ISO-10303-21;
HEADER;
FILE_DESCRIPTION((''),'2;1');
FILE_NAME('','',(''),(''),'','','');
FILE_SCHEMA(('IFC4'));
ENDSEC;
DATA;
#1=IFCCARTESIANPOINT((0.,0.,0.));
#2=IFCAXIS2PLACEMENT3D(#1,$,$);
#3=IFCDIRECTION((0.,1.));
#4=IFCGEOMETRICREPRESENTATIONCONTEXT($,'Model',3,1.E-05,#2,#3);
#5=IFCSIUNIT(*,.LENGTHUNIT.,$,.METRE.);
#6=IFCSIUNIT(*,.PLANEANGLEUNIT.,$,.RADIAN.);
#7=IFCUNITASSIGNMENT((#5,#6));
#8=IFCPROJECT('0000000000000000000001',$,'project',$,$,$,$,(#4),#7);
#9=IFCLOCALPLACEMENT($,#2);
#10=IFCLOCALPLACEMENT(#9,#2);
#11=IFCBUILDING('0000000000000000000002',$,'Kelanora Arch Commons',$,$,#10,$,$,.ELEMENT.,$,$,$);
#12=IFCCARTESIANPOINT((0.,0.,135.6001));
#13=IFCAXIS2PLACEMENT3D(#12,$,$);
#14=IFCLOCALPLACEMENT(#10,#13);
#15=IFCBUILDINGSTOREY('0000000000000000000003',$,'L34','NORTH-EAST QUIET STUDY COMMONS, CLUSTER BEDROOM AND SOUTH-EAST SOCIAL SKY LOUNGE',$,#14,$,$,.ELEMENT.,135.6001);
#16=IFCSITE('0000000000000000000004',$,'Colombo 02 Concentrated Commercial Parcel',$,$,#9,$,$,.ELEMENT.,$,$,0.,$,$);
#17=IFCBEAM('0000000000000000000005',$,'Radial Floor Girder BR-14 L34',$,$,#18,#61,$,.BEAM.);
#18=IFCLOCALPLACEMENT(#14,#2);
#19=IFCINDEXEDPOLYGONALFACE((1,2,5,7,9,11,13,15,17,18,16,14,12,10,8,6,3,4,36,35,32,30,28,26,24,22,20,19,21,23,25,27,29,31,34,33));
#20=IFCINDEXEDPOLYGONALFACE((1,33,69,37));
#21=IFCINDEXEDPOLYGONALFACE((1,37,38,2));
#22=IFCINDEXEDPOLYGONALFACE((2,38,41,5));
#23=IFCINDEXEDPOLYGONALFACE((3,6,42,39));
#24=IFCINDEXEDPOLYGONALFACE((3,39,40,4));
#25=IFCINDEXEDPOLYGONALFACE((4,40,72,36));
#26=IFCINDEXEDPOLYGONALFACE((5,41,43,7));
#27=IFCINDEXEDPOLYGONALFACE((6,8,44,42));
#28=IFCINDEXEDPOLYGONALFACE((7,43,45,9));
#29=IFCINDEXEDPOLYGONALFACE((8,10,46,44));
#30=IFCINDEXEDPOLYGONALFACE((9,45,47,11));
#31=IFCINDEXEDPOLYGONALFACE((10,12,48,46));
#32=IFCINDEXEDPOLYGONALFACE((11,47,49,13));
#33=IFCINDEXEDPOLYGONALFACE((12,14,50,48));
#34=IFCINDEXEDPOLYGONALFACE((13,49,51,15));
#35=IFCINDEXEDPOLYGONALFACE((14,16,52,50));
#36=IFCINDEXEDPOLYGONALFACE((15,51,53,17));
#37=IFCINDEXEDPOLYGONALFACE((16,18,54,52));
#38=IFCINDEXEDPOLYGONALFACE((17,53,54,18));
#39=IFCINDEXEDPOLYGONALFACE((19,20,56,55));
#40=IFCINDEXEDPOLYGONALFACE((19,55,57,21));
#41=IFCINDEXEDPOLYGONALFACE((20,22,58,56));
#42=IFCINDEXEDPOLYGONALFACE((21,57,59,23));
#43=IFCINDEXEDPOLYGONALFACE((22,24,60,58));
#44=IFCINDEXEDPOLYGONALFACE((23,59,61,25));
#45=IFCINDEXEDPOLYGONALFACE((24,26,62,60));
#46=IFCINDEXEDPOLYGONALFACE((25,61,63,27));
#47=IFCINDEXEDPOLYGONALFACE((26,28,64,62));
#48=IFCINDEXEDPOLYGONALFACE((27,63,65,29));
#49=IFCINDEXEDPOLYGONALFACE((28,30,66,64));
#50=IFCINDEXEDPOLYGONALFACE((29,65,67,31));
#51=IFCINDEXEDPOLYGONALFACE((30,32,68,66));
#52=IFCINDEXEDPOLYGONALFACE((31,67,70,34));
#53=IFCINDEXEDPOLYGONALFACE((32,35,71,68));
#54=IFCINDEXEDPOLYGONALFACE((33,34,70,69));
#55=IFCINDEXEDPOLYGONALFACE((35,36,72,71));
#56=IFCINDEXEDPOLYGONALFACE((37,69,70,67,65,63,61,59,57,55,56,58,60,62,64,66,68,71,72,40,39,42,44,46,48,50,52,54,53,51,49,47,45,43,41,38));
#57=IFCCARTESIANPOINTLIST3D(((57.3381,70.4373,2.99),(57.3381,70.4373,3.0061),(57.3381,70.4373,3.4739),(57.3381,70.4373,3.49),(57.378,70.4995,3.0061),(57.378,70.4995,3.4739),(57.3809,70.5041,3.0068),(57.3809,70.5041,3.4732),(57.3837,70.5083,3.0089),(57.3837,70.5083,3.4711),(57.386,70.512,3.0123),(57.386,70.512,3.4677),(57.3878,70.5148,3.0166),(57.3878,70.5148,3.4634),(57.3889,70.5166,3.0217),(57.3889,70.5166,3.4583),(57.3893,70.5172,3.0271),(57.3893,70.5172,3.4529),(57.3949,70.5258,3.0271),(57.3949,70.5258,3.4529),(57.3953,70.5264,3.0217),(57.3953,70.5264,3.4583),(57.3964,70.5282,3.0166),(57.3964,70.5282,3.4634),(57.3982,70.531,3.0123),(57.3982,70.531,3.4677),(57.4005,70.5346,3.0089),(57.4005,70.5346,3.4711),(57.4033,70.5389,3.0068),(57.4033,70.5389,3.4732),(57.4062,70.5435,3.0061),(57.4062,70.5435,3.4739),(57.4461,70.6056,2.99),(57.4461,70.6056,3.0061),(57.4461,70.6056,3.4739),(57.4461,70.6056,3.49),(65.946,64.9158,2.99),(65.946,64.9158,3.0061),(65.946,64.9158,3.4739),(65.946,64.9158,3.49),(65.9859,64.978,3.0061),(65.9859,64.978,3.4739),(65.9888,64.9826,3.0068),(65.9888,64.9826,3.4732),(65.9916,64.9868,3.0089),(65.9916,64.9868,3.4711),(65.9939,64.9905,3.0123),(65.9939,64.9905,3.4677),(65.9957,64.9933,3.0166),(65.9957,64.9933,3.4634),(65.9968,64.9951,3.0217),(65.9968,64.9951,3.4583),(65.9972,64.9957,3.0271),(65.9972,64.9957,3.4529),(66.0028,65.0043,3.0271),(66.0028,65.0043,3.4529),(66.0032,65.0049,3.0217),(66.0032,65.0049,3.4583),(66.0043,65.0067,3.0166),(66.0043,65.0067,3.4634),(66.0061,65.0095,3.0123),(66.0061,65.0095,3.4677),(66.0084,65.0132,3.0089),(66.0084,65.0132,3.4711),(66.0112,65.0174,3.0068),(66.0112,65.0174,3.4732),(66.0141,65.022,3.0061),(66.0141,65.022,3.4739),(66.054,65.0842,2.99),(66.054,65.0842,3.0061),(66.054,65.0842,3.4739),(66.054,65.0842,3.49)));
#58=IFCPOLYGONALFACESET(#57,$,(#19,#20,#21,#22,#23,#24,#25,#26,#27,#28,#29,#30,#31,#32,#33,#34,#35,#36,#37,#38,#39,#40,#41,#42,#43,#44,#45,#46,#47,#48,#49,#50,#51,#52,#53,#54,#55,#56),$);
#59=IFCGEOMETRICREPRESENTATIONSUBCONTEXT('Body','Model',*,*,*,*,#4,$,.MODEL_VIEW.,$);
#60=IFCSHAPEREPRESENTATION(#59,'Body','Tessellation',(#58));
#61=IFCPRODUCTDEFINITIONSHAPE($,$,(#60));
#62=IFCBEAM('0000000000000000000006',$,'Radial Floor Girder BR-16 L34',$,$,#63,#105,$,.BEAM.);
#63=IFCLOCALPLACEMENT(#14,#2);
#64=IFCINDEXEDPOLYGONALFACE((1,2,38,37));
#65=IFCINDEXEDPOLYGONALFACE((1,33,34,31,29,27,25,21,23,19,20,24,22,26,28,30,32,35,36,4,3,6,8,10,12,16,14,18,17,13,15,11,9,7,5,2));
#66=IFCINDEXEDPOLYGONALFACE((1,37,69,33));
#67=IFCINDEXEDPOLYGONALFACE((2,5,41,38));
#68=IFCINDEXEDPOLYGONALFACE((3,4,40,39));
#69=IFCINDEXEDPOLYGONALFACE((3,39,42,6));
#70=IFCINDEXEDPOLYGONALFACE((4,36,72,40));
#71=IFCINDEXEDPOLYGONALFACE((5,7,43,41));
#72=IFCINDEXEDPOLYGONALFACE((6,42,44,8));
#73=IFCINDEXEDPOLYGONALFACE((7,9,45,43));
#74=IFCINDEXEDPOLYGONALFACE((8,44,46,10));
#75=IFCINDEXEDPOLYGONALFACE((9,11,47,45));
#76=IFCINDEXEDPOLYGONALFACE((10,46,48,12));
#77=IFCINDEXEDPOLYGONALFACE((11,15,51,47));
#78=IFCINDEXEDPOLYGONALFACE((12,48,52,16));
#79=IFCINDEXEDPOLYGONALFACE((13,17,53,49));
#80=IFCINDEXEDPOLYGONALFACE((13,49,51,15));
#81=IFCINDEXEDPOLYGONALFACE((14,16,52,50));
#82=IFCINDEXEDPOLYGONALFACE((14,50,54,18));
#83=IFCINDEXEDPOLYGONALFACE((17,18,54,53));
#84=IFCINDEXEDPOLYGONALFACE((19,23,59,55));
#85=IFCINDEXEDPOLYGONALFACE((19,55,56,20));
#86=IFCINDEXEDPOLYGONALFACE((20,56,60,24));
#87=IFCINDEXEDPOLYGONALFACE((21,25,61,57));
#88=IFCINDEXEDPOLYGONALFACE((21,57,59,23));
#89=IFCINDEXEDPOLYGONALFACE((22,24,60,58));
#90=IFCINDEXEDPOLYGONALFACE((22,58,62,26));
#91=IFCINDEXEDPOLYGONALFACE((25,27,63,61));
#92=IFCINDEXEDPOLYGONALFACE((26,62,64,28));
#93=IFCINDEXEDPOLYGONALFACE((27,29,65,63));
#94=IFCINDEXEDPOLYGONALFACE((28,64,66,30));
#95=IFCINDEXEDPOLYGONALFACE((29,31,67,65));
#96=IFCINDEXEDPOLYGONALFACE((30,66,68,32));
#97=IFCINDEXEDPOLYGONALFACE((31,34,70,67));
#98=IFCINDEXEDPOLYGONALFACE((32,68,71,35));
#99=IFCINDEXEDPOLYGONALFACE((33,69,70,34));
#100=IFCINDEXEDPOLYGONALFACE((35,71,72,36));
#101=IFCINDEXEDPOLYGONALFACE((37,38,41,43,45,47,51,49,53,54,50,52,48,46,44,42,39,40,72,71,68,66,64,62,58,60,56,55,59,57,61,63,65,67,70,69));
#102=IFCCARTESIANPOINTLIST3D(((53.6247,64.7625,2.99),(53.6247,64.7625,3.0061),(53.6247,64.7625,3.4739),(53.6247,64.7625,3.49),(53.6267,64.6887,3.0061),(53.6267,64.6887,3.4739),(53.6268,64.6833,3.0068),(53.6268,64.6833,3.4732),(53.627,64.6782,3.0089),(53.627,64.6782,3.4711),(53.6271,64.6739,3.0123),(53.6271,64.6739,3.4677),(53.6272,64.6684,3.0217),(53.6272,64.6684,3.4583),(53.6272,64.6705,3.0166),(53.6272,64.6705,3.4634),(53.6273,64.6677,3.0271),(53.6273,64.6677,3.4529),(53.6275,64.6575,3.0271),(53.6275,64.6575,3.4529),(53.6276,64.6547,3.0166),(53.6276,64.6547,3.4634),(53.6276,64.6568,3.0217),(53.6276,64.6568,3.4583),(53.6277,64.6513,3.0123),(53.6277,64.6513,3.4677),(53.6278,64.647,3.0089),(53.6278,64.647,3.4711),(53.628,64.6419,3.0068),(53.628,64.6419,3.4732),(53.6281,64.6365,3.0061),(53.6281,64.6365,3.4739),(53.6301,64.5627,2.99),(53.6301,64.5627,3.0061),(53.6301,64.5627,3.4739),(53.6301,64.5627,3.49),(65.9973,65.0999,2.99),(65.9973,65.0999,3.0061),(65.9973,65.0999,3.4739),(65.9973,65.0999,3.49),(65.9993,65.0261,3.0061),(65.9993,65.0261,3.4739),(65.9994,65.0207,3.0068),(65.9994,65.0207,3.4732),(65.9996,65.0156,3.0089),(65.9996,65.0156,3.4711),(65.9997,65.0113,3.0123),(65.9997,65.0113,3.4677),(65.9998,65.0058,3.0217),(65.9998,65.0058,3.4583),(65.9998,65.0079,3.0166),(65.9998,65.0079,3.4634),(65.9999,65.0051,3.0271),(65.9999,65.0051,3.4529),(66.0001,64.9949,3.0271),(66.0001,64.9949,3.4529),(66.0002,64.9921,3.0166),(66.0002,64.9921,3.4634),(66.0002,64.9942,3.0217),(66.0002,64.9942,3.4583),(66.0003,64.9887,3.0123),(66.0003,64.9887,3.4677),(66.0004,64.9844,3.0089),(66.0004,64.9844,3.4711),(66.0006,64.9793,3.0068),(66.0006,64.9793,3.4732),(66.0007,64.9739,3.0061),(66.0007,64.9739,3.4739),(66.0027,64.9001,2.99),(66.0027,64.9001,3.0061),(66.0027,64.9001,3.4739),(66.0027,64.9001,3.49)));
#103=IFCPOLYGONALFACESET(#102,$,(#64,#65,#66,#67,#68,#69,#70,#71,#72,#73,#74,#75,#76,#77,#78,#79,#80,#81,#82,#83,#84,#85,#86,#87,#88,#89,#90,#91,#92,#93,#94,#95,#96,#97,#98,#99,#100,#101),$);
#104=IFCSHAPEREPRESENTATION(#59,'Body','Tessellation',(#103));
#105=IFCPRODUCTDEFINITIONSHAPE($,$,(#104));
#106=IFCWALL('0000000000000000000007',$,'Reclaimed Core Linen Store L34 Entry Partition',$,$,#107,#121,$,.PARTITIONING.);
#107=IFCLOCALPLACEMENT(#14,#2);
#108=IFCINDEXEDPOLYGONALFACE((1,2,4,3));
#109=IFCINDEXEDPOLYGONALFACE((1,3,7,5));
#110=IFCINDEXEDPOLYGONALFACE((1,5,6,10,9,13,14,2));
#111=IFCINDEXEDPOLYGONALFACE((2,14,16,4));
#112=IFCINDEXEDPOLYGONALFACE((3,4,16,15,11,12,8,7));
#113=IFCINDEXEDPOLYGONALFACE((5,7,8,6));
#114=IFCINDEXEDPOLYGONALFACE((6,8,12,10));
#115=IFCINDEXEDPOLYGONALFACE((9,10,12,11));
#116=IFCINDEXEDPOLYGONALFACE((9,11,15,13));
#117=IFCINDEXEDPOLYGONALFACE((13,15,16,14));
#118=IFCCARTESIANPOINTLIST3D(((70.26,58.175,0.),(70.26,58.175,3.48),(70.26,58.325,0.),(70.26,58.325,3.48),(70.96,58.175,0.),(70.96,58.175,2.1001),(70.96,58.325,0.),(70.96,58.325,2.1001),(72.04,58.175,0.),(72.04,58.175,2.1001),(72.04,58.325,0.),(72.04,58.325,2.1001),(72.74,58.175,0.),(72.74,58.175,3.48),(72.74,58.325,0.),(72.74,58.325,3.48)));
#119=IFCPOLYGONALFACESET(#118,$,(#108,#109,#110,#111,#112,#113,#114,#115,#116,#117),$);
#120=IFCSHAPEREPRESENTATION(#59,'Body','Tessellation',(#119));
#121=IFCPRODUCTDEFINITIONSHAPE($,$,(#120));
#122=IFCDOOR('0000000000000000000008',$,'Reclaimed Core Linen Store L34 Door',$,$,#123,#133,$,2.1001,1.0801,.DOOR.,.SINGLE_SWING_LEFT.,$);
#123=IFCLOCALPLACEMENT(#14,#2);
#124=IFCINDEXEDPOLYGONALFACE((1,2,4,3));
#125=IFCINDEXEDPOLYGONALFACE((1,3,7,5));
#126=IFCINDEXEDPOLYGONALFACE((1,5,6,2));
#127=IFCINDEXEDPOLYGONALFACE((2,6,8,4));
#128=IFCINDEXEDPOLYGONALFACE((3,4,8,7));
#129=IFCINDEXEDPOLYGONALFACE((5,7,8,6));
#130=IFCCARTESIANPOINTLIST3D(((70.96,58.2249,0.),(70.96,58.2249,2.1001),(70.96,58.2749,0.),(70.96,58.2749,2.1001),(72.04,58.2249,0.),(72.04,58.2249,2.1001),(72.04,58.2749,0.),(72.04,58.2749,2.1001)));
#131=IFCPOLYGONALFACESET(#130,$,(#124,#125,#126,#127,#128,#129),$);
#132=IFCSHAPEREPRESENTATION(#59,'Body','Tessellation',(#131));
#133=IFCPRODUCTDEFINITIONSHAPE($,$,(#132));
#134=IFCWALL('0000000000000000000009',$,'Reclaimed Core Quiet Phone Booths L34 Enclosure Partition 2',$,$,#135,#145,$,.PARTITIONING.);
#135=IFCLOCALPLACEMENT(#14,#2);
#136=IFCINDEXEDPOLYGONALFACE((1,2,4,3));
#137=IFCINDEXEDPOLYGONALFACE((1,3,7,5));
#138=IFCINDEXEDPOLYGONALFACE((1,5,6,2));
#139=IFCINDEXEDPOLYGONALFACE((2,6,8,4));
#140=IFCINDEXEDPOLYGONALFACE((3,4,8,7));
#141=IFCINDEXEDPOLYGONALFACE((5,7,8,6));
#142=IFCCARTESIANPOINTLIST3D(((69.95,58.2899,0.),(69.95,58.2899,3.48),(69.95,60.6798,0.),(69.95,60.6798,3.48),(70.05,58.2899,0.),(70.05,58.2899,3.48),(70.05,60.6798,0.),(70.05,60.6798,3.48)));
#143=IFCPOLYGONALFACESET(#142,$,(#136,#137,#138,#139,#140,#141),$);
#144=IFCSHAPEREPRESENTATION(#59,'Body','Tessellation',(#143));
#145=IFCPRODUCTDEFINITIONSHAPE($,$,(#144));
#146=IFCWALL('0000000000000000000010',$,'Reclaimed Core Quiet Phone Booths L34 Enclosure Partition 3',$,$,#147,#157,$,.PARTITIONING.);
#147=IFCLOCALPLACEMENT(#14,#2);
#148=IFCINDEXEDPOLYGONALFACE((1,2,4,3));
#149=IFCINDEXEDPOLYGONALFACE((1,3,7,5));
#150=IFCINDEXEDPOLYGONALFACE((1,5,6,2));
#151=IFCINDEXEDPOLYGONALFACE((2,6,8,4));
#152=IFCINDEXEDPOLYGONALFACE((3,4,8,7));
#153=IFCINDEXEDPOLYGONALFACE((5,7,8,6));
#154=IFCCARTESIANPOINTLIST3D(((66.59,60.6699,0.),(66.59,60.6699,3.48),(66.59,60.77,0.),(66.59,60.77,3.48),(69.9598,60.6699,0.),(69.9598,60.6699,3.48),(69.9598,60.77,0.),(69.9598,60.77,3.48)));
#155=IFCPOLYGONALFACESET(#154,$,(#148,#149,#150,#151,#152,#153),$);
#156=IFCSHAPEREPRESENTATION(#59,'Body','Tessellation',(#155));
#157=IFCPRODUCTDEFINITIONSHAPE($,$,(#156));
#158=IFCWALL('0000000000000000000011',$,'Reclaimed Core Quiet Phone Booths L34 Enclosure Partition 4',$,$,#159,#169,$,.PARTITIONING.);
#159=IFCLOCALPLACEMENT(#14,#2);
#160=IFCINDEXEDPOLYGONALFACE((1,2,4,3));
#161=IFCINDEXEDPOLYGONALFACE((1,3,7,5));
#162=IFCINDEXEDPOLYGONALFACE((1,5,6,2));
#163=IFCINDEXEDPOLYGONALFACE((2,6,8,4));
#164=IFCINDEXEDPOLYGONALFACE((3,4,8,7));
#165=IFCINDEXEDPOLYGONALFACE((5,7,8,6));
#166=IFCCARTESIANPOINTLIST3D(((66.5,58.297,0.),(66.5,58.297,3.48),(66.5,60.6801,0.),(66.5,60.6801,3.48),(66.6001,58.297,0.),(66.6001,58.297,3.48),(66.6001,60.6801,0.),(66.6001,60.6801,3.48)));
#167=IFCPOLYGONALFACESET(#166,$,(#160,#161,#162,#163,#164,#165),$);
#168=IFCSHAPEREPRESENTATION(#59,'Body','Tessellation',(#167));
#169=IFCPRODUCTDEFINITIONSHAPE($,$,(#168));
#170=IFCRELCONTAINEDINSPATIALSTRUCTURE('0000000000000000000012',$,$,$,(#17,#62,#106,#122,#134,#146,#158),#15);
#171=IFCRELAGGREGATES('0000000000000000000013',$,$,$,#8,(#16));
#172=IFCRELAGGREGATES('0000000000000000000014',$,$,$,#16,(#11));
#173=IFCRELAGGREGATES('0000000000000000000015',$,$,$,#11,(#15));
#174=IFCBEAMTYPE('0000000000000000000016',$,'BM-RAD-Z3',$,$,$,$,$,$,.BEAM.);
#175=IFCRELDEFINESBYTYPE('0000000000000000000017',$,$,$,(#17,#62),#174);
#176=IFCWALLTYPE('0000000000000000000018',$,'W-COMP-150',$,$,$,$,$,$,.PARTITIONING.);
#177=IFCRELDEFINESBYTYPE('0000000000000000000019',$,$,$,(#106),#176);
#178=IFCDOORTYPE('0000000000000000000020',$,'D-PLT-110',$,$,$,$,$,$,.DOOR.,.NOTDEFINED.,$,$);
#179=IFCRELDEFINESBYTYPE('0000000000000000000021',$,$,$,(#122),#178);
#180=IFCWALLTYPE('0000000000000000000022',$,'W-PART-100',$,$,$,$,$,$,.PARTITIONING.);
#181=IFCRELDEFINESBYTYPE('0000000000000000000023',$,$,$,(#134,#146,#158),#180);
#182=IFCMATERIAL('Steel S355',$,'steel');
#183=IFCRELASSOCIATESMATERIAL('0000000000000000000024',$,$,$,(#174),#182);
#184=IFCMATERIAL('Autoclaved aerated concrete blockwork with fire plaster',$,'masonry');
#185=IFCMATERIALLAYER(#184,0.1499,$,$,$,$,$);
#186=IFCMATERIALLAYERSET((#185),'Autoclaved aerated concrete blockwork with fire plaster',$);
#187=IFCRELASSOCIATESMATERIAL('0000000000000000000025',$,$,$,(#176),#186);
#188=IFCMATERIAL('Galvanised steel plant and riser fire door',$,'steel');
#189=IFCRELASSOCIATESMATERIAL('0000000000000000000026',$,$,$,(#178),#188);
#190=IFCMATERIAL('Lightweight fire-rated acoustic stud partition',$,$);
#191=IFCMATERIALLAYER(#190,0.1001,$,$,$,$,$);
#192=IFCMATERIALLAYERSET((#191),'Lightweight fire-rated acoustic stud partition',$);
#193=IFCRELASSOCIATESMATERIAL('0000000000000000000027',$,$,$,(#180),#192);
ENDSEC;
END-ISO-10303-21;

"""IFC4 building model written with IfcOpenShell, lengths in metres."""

from ifc_helpers import new_model, si_unit, direction, frame, frame_2d, origin, origin_2d, place, context, subcontext, project, spatial, rectangle, i_section, extrude, material, layer, layer_set, material_profile, profile_set, type_object, element, fill, save


model = new_model("IFC4")

# Units and contexts
model_context = context("Model", 3, precision=1e-05, world=origin(), true_north=direction((0.0, 1.0)))
body_context = subcontext(model_context, "Body", "Model", "MODEL_VIEW")
ifc_project = project(units=[si_unit("LENGTHUNIT", "METRE"), si_unit("PLANEANGLEUNIT", "RADIAN")], contexts=[model_context])

# Site, building, storey
site_placement = place(None, origin())
site = spatial("IfcSite", under=ifc_project, at=site_placement, Name="Colombo 02 Concentrated Commercial Parcel", CompositionType="ELEMENT", RefElevation=0.0)
building_placement = place(site_placement, origin())
building = spatial("IfcBuilding", under=site, at=building_placement, Name="Kelanora Arch Commons", CompositionType="ELEMENT")
storey_placement = place(building_placement, frame((0.0, 0.0, 135.6001)))
storey = spatial("IfcBuildingStorey", under=building, at=storey_placement, Name="L34", Description="NORTH-EAST QUIET STUDY COMMONS, CLUSTER BEDROOM AND SOUTH-EAST SOCIAL SKY LOUNGE", CompositionType="ELEMENT", Elevation=135.6001)

# Beams
ifc_material_1 = material(Name="Steel S355", Category="steel")
ifc_material_profile = material_profile(ifc_material_1, i_section(OverallWidth=0.2, OverallDepth=0.5, WebThickness=0.0103, FlangeThickness=0.0161, FilletRadius=0.021, at=origin_2d()), Name="IPE500")
ifc_profile_set = profile_set([ifc_material_profile], Name="Steel S355")
beam_type = type_object("IfcBeamType", Name="BM-RAD-Z3", PredefinedType="BEAM", material=ifc_profile_set)
beam_1_placement = place(storey_placement, frame((66.0, 65.0, 3.24), z_axis=(-0.841719, 0.539915, 0.0), x_axis=(-0.539915, -0.841719, 0.0)))
element("IfcBeam", 1, at=beam_1_placement, inside=storey, type_object=beam_type, Name="Radial Floor Girder BR-14 L34", PredefinedType="BEAM", context=body_context, shape_type="SweptSolid", body=[
    extrude(i_section(OverallWidth=0.2, OverallDepth=0.5, WebThickness=0.0103, FlangeThickness=0.0161, FilletRadius=0.021, at=origin_2d()), origin(), (0.0, 0.0, 1.0), 10.2266),
])
beam_2_placement = place(storey_placement, frame((66.0, 65.0, 3.24), z_axis=(-0.999628, -0.02726, 0.0), x_axis=(0.02726, -0.999628, 0.0)))
element("IfcBeam", 2, at=beam_2_placement, inside=storey, type_object=beam_type, Name="Radial Floor Girder BR-16 L34", PredefinedType="BEAM", context=body_context, shape_type="SweptSolid", body=[
    extrude(i_section(OverallWidth=0.2, OverallDepth=0.5, WebThickness=0.0103, FlangeThickness=0.0161, FilletRadius=0.021, at=origin_2d()), origin(), (0.0, 0.0, 1.0), 12.3772),
])

# Wall, opening, door
ifc_material_2 = material(Name="Autoclaved aerated concrete blockwork with fire plaster", Category="masonry")
ifc_layer_1 = layer(ifc_material_2, 0.1499)
ifc_layer_set_1 = layer_set([ifc_layer_1], Name="Autoclaved aerated concrete blockwork with fire plaster")
wall_type_1 = type_object("IfcWallType", Name="W-COMP-150", PredefinedType="PARTITIONING", material=ifc_layer_set_1)
wall_1_placement = place(storey_placement, frame((70.26, 58.25, 0.0), z_axis=(0.0, 0.0, 1.0), x_axis=(1.0, 0.0, 0.0)))
wall_1 = element("IfcWall", 3, at=wall_1_placement, inside=storey, type_object=wall_type_1, Name="Reclaimed Core Linen Store L34 Entry Partition", PredefinedType="PARTITIONING", context=body_context, shape_type="SweptSolid", body=[
    extrude(rectangle(XDim=2.48, YDim=0.1499, at=frame_2d((1.24, 0.0))), origin(), (0.0, 0.0, 1.0), 3.48),
])
opening_1_placement = place(wall_1_placement, frame((0.7, 0.0, 0.0)))
opening_1 = element("IfcOpeningElement", 4, at=opening_1_placement, cuts=wall_1, PredefinedType="OPENING", context=body_context, shape_type="SweptSolid", body=[
    extrude(rectangle(XDim=1.0801, YDim=2.1001, at=frame_2d((0.54, 1.05))), frame((0.0, 0.085, 0.0), z_axis=(0.0, -1.0, 0.0), x_axis=(1.0, 0.0, 0.0)), (0.0, 0.0, 1.0), 0.1699),
])
ifc_material_3 = material(Name="Galvanised steel plant and riser fire door", Category="steel")
door_type_1 = type_object("IfcDoorType", Name="D-PLT-110", OperationType="NOTDEFINED", PredefinedType="DOOR", material=ifc_material_3)
door_1_placement = place(opening_1_placement, origin())
door_1 = element("IfcDoor", 5, at=door_1_placement, inside=storey, type_object=door_type_1, Name="Reclaimed Core Linen Store L34 Door", OperationType="SINGLE_SWING_LEFT", OverallHeight=2.1001, OverallWidth=1.0801, PredefinedType="DOOR", context=body_context, shape_type="SweptSolid", body=[
    extrude(rectangle(XDim=1.0801, YDim=2.1001, at=frame_2d((0.54, 1.05))), frame((0.0, 0.0249, 0.0), z_axis=(0.0, -1.0, 0.0), x_axis=(1.0, 0.0, 0.0)), (0.0, 0.0, 1.0), 0.05),
])
fill(opening_1, door_1)

# Walls
ifc_material_4 = material(Name="Lightweight fire-rated acoustic stud partition")
ifc_layer_2 = layer(ifc_material_4, 0.1001)
ifc_layer_set_2 = layer_set([ifc_layer_2], Name="Lightweight fire-rated acoustic stud partition")
wall_type_2 = type_object("IfcWallType", Name="W-PART-100", PredefinedType="PARTITIONING", material=ifc_layer_set_2)
wall_2_placement = place(storey_placement, frame((70.0, 58.29, 0.0), z_axis=(0.0, 0.0, 1.0), x_axis=(0.0, 1.0, 0.0)))
element("IfcWall", 6, at=wall_2_placement, inside=storey, type_object=wall_type_2, Name="Reclaimed Core Quiet Phone Booths L34 Enclosure Partition 2", PredefinedType="PARTITIONING", context=body_context, shape_type="SweptSolid", body=[
    extrude(rectangle(XDim=2.3899, YDim=0.1001, at=frame_2d((1.1948, 0.0))), origin(), (0.0, 0.0, 1.0), 3.48),
])
wall_3_placement = place(storey_placement, frame((69.96, 60.72, 0.0), z_axis=(0.0, 0.0, 1.0), x_axis=(-1.0, 0.0, 0.0)))
element("IfcWall", 7, at=wall_3_placement, inside=storey, type_object=wall_type_2, Name="Reclaimed Core Quiet Phone Booths L34 Enclosure Partition 3", PredefinedType="PARTITIONING", context=body_context, shape_type="SweptSolid", body=[
    extrude(rectangle(XDim=3.3699, YDim=0.1001, at=frame_2d((1.6851, 0.0))), origin(), (0.0, 0.0, 1.0), 3.48),
])
wall_4_placement = place(storey_placement, frame((66.55, 60.6799, 0.0), z_axis=(0.0, 0.0, 1.0), x_axis=(0.0, -1.0, 0.0)))
element("IfcWall", 8, at=wall_4_placement, inside=storey, type_object=wall_type_2, Name="Reclaimed Core Quiet Phone Booths L34 Enclosure Partition 4", PredefinedType="PARTITIONING", context=body_context, shape_type="SweptSolid", body=[
    extrude(rectangle(XDim=2.3831, YDim=0.1001, at=frame_2d((1.1914, 0.0))), origin(), (0.0, 0.0, 1.0), 3.48),
])

save(model, "model.ifc")
